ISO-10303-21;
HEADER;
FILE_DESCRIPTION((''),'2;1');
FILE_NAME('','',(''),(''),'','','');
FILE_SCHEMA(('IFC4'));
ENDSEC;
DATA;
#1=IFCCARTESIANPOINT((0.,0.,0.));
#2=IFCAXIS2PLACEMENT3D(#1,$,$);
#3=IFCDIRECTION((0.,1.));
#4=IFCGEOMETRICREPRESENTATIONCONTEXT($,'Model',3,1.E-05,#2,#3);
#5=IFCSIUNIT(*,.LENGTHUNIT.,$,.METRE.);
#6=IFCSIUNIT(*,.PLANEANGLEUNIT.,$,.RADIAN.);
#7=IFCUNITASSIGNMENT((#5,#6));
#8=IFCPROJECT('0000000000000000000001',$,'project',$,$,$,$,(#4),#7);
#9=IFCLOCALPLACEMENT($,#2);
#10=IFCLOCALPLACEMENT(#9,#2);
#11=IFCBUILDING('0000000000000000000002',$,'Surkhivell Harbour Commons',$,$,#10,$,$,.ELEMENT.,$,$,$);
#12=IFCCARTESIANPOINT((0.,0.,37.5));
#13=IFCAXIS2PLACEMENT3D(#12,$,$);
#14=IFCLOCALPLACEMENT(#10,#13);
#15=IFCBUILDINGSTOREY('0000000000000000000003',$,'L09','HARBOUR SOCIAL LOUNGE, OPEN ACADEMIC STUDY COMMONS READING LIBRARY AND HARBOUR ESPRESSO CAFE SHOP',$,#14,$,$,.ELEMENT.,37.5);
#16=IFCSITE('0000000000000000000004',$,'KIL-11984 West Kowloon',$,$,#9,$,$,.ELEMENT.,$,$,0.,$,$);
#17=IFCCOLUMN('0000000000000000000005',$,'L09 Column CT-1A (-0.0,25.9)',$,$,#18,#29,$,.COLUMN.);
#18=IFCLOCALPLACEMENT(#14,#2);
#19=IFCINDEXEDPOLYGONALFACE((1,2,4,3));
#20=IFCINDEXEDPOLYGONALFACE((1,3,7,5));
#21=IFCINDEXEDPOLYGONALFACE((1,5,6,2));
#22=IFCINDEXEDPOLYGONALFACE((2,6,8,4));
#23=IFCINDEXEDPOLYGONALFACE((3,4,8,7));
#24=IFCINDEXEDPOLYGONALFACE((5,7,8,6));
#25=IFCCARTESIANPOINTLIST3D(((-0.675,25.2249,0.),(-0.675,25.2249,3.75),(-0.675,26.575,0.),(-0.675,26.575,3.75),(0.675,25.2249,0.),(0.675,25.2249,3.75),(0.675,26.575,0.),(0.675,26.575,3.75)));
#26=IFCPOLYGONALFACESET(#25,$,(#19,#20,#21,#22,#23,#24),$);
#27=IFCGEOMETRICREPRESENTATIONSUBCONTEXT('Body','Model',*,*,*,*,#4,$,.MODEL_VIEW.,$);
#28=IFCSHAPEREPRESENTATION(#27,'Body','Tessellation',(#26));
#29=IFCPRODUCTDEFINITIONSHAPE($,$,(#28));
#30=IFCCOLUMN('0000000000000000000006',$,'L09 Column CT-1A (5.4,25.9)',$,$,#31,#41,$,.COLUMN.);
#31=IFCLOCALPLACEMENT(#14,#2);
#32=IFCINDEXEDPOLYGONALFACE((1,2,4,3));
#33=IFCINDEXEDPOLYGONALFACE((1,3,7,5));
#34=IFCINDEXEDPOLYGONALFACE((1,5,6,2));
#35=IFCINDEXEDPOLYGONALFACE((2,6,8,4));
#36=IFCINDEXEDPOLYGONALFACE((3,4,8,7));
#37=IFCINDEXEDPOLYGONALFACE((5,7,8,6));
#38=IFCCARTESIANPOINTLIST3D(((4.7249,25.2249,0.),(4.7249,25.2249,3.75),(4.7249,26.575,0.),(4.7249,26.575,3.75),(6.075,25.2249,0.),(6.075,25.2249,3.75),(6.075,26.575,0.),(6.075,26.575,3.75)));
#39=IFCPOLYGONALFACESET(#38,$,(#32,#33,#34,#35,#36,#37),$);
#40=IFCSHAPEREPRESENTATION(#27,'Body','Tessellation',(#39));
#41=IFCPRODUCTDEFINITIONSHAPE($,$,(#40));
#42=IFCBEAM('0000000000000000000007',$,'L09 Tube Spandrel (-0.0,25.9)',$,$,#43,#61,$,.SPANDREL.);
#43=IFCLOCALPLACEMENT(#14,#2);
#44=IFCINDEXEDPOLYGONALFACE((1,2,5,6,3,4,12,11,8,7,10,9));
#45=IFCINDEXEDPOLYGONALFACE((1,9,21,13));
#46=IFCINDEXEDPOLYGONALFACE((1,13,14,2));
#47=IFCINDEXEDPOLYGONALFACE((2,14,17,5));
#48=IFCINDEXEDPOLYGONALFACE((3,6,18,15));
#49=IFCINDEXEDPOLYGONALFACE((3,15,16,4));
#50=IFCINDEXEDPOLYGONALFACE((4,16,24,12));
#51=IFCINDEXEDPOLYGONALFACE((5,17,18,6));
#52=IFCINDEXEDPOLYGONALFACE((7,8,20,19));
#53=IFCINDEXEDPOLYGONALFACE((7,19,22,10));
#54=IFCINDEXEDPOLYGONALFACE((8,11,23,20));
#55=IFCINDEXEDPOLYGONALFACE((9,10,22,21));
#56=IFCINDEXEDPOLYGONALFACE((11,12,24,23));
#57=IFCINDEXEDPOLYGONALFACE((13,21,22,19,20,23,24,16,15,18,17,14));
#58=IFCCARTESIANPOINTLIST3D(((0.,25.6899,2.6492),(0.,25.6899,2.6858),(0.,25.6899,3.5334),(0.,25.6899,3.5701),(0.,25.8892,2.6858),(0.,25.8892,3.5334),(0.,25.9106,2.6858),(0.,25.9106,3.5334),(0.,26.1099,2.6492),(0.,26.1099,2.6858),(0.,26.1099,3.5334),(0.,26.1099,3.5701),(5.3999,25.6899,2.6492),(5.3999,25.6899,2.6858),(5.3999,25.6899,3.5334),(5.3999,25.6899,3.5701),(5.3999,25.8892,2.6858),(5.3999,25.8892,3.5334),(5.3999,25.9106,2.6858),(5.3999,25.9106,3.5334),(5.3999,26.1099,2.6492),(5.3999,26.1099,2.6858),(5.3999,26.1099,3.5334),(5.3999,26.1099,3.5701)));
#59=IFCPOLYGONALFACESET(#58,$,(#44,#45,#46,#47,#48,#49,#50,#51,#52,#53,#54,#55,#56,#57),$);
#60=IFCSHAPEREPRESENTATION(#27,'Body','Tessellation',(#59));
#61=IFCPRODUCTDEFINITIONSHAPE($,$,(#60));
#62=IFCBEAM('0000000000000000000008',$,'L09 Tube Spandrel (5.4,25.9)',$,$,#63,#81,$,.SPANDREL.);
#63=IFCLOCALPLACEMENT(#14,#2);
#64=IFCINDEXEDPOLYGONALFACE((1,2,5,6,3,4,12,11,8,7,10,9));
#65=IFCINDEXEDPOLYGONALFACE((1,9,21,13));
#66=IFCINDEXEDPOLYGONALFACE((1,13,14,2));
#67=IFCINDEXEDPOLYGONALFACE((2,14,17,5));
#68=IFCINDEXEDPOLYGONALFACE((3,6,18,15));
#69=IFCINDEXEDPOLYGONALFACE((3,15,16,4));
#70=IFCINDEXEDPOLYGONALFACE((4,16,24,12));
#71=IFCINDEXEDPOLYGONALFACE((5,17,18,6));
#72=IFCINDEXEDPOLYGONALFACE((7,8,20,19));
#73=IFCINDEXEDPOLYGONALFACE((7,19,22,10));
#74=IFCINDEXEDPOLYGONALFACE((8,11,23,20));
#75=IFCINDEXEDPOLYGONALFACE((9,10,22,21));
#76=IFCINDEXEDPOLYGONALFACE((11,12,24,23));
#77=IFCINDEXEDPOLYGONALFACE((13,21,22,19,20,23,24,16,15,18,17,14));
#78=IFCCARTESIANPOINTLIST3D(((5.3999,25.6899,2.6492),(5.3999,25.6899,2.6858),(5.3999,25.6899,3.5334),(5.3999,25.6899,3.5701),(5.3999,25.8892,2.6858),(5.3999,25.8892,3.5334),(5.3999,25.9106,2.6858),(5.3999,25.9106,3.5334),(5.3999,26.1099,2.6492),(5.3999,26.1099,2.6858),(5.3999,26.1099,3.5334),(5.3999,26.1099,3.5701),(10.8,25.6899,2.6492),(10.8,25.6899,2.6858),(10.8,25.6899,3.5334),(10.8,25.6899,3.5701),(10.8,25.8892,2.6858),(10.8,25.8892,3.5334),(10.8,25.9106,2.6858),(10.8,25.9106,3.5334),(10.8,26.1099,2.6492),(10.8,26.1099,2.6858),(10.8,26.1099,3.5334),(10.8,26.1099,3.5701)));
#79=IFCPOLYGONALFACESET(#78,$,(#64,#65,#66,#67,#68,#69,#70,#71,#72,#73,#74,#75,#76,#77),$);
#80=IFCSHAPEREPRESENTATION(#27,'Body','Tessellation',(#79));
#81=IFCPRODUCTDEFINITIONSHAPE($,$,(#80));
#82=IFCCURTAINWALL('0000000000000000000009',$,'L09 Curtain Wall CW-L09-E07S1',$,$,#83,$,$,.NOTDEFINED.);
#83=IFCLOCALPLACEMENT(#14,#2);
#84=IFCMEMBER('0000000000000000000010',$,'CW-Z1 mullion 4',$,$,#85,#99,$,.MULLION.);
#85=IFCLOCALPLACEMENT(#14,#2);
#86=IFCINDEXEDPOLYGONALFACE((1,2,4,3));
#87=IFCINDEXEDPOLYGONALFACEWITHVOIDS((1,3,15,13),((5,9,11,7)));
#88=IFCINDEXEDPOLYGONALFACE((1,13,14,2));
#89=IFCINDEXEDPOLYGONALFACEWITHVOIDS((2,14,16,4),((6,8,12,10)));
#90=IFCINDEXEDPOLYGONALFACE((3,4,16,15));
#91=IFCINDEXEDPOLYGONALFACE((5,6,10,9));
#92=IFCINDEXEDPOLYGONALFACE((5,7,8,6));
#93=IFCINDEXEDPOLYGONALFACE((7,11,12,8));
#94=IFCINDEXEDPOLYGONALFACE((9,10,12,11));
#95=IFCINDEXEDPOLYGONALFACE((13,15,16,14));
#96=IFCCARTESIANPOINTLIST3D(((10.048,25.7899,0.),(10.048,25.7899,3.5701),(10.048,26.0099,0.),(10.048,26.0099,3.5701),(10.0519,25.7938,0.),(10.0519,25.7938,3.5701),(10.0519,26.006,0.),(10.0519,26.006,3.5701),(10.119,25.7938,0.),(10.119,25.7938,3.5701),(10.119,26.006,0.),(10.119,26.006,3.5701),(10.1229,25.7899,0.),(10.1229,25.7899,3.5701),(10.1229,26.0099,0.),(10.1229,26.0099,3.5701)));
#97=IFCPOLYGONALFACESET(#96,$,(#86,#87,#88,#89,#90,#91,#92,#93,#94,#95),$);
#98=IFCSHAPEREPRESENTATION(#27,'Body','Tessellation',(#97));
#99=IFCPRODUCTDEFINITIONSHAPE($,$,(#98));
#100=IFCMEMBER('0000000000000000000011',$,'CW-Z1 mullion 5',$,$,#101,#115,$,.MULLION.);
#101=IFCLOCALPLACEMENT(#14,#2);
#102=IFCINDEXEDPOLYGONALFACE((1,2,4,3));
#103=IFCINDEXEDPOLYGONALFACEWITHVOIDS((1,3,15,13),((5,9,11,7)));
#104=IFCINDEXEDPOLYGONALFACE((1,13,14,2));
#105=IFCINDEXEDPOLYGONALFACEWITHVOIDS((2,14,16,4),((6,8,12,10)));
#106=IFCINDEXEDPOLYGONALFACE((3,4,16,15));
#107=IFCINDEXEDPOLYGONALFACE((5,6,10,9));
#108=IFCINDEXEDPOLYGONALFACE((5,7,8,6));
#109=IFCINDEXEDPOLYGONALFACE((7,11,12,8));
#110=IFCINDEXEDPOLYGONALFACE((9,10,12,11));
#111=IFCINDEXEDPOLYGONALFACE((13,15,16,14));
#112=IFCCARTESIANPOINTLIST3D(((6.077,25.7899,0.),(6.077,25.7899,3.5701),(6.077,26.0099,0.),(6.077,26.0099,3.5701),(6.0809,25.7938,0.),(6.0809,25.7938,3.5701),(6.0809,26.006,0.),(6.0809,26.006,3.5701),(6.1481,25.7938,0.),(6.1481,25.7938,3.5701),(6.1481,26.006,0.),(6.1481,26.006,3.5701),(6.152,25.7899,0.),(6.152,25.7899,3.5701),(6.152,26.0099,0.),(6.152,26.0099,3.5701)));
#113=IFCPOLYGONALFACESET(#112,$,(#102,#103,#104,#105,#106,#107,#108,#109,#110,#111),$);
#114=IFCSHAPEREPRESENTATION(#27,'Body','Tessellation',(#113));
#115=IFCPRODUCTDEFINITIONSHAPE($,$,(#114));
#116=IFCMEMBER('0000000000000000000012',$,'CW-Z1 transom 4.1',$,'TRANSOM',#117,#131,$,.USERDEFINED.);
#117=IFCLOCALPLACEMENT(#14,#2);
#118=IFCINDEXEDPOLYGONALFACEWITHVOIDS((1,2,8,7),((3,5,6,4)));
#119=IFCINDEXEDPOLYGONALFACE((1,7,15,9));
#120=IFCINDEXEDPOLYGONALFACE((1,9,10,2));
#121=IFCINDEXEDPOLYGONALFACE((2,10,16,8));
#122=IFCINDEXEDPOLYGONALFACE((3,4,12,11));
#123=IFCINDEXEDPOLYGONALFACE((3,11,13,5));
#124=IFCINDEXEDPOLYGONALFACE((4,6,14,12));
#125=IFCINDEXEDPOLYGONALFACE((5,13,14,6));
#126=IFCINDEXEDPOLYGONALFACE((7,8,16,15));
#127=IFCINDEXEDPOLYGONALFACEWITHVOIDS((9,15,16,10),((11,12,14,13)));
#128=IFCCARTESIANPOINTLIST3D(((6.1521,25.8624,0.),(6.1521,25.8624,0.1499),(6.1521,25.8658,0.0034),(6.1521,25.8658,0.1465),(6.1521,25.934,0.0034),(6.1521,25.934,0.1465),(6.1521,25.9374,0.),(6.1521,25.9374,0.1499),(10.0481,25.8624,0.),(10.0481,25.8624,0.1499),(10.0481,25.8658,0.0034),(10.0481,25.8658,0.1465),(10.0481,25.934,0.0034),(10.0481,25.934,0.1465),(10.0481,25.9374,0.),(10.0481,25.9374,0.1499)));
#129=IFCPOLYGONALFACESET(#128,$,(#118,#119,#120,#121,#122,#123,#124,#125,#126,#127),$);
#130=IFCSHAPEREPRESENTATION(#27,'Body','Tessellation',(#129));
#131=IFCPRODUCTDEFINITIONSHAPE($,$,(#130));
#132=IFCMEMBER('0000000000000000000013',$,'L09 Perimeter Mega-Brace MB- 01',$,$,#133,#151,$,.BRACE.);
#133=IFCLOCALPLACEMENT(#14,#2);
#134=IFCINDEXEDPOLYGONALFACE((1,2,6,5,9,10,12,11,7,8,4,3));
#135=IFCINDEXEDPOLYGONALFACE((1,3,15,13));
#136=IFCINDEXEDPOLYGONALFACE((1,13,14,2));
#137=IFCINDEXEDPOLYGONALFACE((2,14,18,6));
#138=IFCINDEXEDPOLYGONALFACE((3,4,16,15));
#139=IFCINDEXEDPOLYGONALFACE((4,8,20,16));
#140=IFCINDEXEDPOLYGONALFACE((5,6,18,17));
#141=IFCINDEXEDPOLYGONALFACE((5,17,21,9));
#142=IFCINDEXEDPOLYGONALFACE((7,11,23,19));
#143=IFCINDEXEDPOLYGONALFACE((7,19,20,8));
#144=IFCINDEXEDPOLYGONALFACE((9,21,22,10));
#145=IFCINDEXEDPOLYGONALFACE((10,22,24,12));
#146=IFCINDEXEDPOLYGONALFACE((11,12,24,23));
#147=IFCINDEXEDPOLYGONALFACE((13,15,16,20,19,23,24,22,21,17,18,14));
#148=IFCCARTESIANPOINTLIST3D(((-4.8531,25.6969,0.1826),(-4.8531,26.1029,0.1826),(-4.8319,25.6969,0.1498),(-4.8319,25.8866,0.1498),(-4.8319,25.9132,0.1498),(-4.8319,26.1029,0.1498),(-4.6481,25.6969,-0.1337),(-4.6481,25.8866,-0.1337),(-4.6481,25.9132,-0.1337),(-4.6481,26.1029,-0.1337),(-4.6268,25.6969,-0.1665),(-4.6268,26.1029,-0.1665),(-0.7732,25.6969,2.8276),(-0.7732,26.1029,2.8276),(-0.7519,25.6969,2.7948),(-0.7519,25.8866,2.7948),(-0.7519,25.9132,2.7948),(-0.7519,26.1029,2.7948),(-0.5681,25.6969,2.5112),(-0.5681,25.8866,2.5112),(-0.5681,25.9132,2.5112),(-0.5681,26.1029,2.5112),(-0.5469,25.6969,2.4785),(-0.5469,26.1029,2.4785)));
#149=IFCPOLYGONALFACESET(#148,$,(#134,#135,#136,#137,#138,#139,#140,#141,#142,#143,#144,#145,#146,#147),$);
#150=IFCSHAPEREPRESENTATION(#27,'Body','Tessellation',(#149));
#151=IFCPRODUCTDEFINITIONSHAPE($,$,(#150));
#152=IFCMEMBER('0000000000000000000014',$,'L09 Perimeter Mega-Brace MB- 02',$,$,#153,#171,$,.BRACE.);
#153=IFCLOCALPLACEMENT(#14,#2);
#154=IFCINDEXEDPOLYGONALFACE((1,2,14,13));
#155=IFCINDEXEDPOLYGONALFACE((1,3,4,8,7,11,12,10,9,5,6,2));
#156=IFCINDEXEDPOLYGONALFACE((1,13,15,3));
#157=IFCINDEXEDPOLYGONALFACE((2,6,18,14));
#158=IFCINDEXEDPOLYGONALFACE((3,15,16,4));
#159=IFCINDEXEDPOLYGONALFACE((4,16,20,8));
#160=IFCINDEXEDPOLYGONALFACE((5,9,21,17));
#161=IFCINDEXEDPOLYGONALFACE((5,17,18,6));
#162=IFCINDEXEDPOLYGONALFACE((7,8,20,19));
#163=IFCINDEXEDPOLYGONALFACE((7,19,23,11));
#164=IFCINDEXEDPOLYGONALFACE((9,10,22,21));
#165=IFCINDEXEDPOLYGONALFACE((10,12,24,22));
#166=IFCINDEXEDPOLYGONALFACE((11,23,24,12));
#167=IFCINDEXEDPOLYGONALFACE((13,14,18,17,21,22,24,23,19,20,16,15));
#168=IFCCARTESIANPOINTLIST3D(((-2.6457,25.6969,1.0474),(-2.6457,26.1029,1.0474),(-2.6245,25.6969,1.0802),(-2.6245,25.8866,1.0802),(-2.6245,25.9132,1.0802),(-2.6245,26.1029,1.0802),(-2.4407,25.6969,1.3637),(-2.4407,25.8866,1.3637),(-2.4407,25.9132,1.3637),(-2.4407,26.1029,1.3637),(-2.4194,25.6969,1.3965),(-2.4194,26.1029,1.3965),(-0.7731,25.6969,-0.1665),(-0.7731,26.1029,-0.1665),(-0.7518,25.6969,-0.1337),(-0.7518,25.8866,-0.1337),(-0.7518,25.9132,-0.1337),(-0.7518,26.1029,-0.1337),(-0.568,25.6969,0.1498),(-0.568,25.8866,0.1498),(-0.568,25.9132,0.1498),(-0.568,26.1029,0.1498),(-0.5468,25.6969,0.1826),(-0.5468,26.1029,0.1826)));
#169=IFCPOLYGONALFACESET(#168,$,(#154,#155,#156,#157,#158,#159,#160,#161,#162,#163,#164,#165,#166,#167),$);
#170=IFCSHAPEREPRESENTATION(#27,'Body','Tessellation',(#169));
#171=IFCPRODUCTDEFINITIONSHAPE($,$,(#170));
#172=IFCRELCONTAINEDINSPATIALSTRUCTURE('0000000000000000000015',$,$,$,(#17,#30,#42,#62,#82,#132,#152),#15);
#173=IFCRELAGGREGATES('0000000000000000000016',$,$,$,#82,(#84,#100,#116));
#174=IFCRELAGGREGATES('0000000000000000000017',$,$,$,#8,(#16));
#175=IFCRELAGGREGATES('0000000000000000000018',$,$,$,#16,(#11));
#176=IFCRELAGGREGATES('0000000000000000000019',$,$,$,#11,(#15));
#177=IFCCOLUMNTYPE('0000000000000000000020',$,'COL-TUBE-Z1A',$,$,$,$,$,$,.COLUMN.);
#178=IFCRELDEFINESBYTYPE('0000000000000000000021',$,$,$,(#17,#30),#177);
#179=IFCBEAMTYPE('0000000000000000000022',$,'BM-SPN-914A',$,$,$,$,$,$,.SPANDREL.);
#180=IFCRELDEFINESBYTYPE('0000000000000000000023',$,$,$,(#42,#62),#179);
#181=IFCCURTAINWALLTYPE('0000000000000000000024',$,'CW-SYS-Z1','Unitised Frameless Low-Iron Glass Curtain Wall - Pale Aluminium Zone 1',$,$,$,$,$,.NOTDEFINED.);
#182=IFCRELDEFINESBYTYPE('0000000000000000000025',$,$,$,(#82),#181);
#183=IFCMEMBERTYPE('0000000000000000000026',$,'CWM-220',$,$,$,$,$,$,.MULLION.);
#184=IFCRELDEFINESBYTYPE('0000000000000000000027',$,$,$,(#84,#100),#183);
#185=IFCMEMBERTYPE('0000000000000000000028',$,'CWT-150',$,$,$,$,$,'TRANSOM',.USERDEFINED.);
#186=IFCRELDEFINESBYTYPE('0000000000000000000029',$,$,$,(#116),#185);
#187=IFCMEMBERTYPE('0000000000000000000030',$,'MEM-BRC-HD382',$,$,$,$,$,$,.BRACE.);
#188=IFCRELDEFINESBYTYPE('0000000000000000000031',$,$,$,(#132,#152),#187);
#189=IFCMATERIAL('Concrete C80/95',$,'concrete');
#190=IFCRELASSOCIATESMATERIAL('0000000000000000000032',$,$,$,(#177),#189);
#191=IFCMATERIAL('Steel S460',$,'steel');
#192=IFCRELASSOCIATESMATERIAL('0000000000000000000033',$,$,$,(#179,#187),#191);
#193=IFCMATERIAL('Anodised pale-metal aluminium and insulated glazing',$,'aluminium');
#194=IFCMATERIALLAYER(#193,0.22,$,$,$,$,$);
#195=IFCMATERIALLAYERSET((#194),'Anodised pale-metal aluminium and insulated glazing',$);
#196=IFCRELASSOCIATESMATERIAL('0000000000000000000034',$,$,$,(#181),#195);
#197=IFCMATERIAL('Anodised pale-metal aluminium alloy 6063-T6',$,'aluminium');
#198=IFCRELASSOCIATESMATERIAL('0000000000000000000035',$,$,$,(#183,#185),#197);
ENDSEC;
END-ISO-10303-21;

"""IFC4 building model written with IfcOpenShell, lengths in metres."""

from ifc_helpers import new_model, si_unit, direction, frame, origin, origin_2d, place, context, subcontext, project, spatial, rectangle, hollow_rectangle, i_section, extrude, material, layer, layer_set, material_profile, profile_set, type_object, element, aggregate, save


model = new_model("IFC4")

# Units and contexts
model_context = context("Model", 3, precision=1e-05, world=origin(), true_north=direction((0.0, 1.0)))
body_context = subcontext(model_context, "Body", "Model", "MODEL_VIEW")
ifc_project = project(units=[si_unit("LENGTHUNIT", "METRE"), si_unit("PLANEANGLEUNIT", "RADIAN")], contexts=[model_context])

# Site, building, storey
site_placement = place(None, origin())
site = spatial("IfcSite", under=ifc_project, at=site_placement, Name="KIL-11984 West Kowloon", CompositionType="ELEMENT", RefElevation=0.0)
building_placement = place(site_placement, origin())
building = spatial("IfcBuilding", under=site, at=building_placement, Name="Surkhivell Harbour Commons", CompositionType="ELEMENT")
storey_placement = place(building_placement, frame((0.0, 0.0, 37.5)))
storey = spatial("IfcBuildingStorey", under=building, at=storey_placement, Name="L09", Description="HARBOUR SOCIAL LOUNGE, OPEN ACADEMIC STUDY COMMONS READING LIBRARY AND HARBOUR ESPRESSO CAFE SHOP", CompositionType="ELEMENT", Elevation=37.5)

# Columns
ifc_material_1 = material(Name="Concrete C80/95", Category="concrete")
ifc_material_profile_1 = material_profile(ifc_material_1, rectangle(XDim=1.3501, YDim=1.3501, at=origin_2d()), Name="RC-COL-1350x1350")
ifc_profile_set_1 = profile_set([ifc_material_profile_1], Name="Concrete C80/95")
column_type = type_object("IfcColumnType", Name="COL-TUBE-Z1A", PredefinedType="COLUMN", material=ifc_profile_set_1)
for number, where, z_axis, x_axis, name in (
    (1, (0.0, 25.8999, 0.0), (0.0, 0.0, 1.0), (1.0, 0.0, 0.0), "L09 Column CT-1A (-0.0,25.9)"),
    (2, (5.3999, 25.8999, 0.0), (0.0, 0.0, 1.0), (1.0, 0.0, 0.0), "L09 Column CT-1A (5.4,25.9)"),
):
    element("IfcColumn", number, at=place(storey_placement, frame(where, z_axis=z_axis, x_axis=x_axis)), inside=storey, type_object=column_type, Name=name, PredefinedType="COLUMN", context=body_context, shape_type="SweptSolid", body=[
        extrude(rectangle(XDim=1.3501, YDim=1.3501, at=origin_2d()), origin(), (0.0, 0.0, 1.0), 3.75),
    ])

# Beams
ifc_material_2 = material(Name="Steel S460", Category="steel")
ifc_material_profile_2 = material_profile(ifc_material_2, i_section(OverallWidth=0.4199, OverallDepth=0.9209, WebThickness=0.0215, FlangeThickness=0.0366, at=origin_2d()), Name="UB914x419x388")
ifc_profile_set_2 = profile_set([ifc_material_profile_2], Name="Steel S460")
beam_type = type_object("IfcBeamType", Name="BM-SPN-914A", PredefinedType="SPANDREL", material=ifc_profile_set_2)
beam_1_placement = place(storey_placement, frame((0.0, 25.8999, 3.1096), z_axis=(1.0, 0.0, 0.0), x_axis=(0.0, 1.0, 0.0)))
element("IfcBeam", 3, at=beam_1_placement, inside=storey, type_object=beam_type, Name="L09 Tube Spandrel (-0.0,25.9)", PredefinedType="SPANDREL", context=body_context, shape_type="SweptSolid", body=[
    extrude(i_section(OverallWidth=0.4199, OverallDepth=0.9209, WebThickness=0.0215, FlangeThickness=0.0366, at=origin_2d()), origin(), (0.0, 0.0, 1.0), 5.3999),
])
beam_2_placement = place(storey_placement, frame((5.3999, 25.8999, 3.1096), z_axis=(1.0, 0.0, 0.0), x_axis=(0.0, 1.0, 0.0)))
element("IfcBeam", 4, at=beam_2_placement, inside=storey, type_object=beam_type, Name="L09 Tube Spandrel (5.4,25.9)", PredefinedType="SPANDREL", context=body_context, shape_type="SweptSolid", body=[
    extrude(i_section(OverallWidth=0.4199, OverallDepth=0.9209, WebThickness=0.0215, FlangeThickness=0.0366, at=origin_2d()), origin(), (0.0, 0.0, 1.0), 5.4001),
])

# Curtain wall, members
ifc_material_3 = material(Name="Anodised pale-metal aluminium and insulated glazing", Category="aluminium")
ifc_layer_1 = layer(ifc_material_3, 0.22)
ifc_layer_set_1 = layer_set([ifc_layer_1], Name="Anodised pale-metal aluminium and insulated glazing")
curtain_wall_type = type_object("IfcCurtainWallType", Name="CW-SYS-Z1", Description="Unitised Frameless Low-Iron Glass Curtain Wall - Pale Aluminium Zone 1", PredefinedType="NOTDEFINED", material=ifc_layer_set_1)
curtain_wall_placement = place(storey_placement, origin())
curtain_wall = element("IfcCurtainWall", 5, at=curtain_wall_placement, inside=storey, type_object=curtain_wall_type, Name="L09 Curtain Wall CW-L09-E07S1", PredefinedType="NOTDEFINED")
ifc_material_4 = material(Name="Anodised pale-metal aluminium alloy 6063-T6", Category="aluminium")
ifc_material_profile_3 = material_profile(ifc_material_4, hollow_rectangle(XDim=0.075, YDim=0.22, WallThickness=0.0039, at=origin_2d()), Name="ALU-MULL-75x220")
ifc_profile_set_3 = profile_set([ifc_material_profile_3], Name="Anodised pale-metal aluminium alloy 6063-T6")
member_type_1 = type_object("IfcMemberType", Name="CWM-220", PredefinedType="MULLION", material=ifc_profile_set_3)
member_1_placement = place(storey_placement, frame((10.0854, 25.8999, 0.0), z_axis=(0.0, 0.0, 1.0), x_axis=(-1.0, 0.0, 0.0)))
member_1 = element("IfcMember", 6, at=member_1_placement, type_object=member_type_1, Name="CW-Z1 mullion 4", PredefinedType="MULLION", context=body_context, shape_type="SweptSolid", body=[
    extrude(hollow_rectangle(XDim=0.075, YDim=0.22, WallThickness=0.0039, at=origin_2d()), origin(), (0.0, 0.0, 1.0), 3.5701),
])
member_2_placement = place(storey_placement, frame((6.1145, 25.8999, 0.0), z_axis=(0.0, 0.0, 1.0), x_axis=(-1.0, 0.0, 0.0)))
member_2 = element("IfcMember", 7, at=member_2_placement, type_object=member_type_1, Name="CW-Z1 mullion 5", PredefinedType="MULLION", context=body_context, shape_type="SweptSolid", body=[
    extrude(hollow_rectangle(XDim=0.075, YDim=0.22, WallThickness=0.0039, at=origin_2d()), origin(), (0.0, 0.0, 1.0), 3.5701),
])
ifc_material_profile_4 = material_profile(ifc_material_4, hollow_rectangle(XDim=0.075, YDim=0.1499, WallThickness=0.0034, at=origin_2d()), Name="ALU-TRAN-75x150")
ifc_profile_set_4 = profile_set([ifc_material_profile_4], Name="Anodised pale-metal aluminium alloy 6063-T6")
member_type_2 = type_object("IfcMemberType", Name="CWT-150", ElementType="TRANSOM", PredefinedType="USERDEFINED", material=ifc_profile_set_4)
member_3_placement = place(storey_placement, frame((10.0481, 25.8999, 0.075), z_axis=(-1.0, 0.0, 0.0), x_axis=(0.0, -1.0, 0.0)))
member_3 = element("IfcMember", 8, at=member_3_placement, type_object=member_type_2, Name="CW-Z1 transom 4.1", ObjectType="TRANSOM", PredefinedType="USERDEFINED", context=body_context, shape_type="SweptSolid", body=[
    extrude(hollow_rectangle(XDim=0.075, YDim=0.1499, WallThickness=0.0034, at=origin_2d()), origin(), (0.0, 0.0, 1.0), 3.896),
])

# Members
ifc_material_profile_5 = material_profile(ifc_material_2, i_section(OverallWidth=0.406, OverallDepth=0.416, WebThickness=0.0266, FlangeThickness=0.0391, at=origin_2d()), Name="HD400x382")
ifc_profile_set_5 = profile_set([ifc_material_profile_5], Name="Steel S460")
member_type_3 = type_object("IfcMemberType", Name="MEM-BRC-HD382", PredefinedType="BRACE", material=ifc_profile_set_5)
member_4_placement = place(storey_placement, frame((-4.74, 25.8999, 0.0081), z_axis=(0.839104, 0.0, 0.543971), x_axis=(0.0, 1.0, 0.0)))
element("IfcMember", 9, at=member_4_placement, inside=storey, type_object=member_type_3, Name="L09 Perimeter Mega-Brace MB- 01", PredefinedType="BRACE", context=body_context, shape_type="SweptSolid", body=[
    extrude(i_section(OverallWidth=0.406, OverallDepth=0.416, WebThickness=0.0266, FlangeThickness=0.0391, at=origin_2d()), origin(), (0.0, 0.0, 1.0), 4.8623),
])
member_5_placement = place(storey_placement, frame((-0.6599, 25.8999, 0.0081), z_axis=(-0.839118, 0.0, 0.54395), x_axis=(0.0, -1.0, 0.0)))
element("IfcMember", 10, at=member_5_placement, inside=storey, type_object=member_type_3, Name="L09 Perimeter Mega-Brace MB- 02", PredefinedType="BRACE", context=body_context, shape_type="SweptSolid", body=[
    extrude(i_section(OverallWidth=0.406, OverallDepth=0.416, WebThickness=0.0266, FlangeThickness=0.0391, at=origin_2d()), origin(), (0.0, 0.0, 1.0), 2.2317),
])

aggregate(curtain_wall, [member_1, member_2, member_3])

save(model, "model.ifc")
